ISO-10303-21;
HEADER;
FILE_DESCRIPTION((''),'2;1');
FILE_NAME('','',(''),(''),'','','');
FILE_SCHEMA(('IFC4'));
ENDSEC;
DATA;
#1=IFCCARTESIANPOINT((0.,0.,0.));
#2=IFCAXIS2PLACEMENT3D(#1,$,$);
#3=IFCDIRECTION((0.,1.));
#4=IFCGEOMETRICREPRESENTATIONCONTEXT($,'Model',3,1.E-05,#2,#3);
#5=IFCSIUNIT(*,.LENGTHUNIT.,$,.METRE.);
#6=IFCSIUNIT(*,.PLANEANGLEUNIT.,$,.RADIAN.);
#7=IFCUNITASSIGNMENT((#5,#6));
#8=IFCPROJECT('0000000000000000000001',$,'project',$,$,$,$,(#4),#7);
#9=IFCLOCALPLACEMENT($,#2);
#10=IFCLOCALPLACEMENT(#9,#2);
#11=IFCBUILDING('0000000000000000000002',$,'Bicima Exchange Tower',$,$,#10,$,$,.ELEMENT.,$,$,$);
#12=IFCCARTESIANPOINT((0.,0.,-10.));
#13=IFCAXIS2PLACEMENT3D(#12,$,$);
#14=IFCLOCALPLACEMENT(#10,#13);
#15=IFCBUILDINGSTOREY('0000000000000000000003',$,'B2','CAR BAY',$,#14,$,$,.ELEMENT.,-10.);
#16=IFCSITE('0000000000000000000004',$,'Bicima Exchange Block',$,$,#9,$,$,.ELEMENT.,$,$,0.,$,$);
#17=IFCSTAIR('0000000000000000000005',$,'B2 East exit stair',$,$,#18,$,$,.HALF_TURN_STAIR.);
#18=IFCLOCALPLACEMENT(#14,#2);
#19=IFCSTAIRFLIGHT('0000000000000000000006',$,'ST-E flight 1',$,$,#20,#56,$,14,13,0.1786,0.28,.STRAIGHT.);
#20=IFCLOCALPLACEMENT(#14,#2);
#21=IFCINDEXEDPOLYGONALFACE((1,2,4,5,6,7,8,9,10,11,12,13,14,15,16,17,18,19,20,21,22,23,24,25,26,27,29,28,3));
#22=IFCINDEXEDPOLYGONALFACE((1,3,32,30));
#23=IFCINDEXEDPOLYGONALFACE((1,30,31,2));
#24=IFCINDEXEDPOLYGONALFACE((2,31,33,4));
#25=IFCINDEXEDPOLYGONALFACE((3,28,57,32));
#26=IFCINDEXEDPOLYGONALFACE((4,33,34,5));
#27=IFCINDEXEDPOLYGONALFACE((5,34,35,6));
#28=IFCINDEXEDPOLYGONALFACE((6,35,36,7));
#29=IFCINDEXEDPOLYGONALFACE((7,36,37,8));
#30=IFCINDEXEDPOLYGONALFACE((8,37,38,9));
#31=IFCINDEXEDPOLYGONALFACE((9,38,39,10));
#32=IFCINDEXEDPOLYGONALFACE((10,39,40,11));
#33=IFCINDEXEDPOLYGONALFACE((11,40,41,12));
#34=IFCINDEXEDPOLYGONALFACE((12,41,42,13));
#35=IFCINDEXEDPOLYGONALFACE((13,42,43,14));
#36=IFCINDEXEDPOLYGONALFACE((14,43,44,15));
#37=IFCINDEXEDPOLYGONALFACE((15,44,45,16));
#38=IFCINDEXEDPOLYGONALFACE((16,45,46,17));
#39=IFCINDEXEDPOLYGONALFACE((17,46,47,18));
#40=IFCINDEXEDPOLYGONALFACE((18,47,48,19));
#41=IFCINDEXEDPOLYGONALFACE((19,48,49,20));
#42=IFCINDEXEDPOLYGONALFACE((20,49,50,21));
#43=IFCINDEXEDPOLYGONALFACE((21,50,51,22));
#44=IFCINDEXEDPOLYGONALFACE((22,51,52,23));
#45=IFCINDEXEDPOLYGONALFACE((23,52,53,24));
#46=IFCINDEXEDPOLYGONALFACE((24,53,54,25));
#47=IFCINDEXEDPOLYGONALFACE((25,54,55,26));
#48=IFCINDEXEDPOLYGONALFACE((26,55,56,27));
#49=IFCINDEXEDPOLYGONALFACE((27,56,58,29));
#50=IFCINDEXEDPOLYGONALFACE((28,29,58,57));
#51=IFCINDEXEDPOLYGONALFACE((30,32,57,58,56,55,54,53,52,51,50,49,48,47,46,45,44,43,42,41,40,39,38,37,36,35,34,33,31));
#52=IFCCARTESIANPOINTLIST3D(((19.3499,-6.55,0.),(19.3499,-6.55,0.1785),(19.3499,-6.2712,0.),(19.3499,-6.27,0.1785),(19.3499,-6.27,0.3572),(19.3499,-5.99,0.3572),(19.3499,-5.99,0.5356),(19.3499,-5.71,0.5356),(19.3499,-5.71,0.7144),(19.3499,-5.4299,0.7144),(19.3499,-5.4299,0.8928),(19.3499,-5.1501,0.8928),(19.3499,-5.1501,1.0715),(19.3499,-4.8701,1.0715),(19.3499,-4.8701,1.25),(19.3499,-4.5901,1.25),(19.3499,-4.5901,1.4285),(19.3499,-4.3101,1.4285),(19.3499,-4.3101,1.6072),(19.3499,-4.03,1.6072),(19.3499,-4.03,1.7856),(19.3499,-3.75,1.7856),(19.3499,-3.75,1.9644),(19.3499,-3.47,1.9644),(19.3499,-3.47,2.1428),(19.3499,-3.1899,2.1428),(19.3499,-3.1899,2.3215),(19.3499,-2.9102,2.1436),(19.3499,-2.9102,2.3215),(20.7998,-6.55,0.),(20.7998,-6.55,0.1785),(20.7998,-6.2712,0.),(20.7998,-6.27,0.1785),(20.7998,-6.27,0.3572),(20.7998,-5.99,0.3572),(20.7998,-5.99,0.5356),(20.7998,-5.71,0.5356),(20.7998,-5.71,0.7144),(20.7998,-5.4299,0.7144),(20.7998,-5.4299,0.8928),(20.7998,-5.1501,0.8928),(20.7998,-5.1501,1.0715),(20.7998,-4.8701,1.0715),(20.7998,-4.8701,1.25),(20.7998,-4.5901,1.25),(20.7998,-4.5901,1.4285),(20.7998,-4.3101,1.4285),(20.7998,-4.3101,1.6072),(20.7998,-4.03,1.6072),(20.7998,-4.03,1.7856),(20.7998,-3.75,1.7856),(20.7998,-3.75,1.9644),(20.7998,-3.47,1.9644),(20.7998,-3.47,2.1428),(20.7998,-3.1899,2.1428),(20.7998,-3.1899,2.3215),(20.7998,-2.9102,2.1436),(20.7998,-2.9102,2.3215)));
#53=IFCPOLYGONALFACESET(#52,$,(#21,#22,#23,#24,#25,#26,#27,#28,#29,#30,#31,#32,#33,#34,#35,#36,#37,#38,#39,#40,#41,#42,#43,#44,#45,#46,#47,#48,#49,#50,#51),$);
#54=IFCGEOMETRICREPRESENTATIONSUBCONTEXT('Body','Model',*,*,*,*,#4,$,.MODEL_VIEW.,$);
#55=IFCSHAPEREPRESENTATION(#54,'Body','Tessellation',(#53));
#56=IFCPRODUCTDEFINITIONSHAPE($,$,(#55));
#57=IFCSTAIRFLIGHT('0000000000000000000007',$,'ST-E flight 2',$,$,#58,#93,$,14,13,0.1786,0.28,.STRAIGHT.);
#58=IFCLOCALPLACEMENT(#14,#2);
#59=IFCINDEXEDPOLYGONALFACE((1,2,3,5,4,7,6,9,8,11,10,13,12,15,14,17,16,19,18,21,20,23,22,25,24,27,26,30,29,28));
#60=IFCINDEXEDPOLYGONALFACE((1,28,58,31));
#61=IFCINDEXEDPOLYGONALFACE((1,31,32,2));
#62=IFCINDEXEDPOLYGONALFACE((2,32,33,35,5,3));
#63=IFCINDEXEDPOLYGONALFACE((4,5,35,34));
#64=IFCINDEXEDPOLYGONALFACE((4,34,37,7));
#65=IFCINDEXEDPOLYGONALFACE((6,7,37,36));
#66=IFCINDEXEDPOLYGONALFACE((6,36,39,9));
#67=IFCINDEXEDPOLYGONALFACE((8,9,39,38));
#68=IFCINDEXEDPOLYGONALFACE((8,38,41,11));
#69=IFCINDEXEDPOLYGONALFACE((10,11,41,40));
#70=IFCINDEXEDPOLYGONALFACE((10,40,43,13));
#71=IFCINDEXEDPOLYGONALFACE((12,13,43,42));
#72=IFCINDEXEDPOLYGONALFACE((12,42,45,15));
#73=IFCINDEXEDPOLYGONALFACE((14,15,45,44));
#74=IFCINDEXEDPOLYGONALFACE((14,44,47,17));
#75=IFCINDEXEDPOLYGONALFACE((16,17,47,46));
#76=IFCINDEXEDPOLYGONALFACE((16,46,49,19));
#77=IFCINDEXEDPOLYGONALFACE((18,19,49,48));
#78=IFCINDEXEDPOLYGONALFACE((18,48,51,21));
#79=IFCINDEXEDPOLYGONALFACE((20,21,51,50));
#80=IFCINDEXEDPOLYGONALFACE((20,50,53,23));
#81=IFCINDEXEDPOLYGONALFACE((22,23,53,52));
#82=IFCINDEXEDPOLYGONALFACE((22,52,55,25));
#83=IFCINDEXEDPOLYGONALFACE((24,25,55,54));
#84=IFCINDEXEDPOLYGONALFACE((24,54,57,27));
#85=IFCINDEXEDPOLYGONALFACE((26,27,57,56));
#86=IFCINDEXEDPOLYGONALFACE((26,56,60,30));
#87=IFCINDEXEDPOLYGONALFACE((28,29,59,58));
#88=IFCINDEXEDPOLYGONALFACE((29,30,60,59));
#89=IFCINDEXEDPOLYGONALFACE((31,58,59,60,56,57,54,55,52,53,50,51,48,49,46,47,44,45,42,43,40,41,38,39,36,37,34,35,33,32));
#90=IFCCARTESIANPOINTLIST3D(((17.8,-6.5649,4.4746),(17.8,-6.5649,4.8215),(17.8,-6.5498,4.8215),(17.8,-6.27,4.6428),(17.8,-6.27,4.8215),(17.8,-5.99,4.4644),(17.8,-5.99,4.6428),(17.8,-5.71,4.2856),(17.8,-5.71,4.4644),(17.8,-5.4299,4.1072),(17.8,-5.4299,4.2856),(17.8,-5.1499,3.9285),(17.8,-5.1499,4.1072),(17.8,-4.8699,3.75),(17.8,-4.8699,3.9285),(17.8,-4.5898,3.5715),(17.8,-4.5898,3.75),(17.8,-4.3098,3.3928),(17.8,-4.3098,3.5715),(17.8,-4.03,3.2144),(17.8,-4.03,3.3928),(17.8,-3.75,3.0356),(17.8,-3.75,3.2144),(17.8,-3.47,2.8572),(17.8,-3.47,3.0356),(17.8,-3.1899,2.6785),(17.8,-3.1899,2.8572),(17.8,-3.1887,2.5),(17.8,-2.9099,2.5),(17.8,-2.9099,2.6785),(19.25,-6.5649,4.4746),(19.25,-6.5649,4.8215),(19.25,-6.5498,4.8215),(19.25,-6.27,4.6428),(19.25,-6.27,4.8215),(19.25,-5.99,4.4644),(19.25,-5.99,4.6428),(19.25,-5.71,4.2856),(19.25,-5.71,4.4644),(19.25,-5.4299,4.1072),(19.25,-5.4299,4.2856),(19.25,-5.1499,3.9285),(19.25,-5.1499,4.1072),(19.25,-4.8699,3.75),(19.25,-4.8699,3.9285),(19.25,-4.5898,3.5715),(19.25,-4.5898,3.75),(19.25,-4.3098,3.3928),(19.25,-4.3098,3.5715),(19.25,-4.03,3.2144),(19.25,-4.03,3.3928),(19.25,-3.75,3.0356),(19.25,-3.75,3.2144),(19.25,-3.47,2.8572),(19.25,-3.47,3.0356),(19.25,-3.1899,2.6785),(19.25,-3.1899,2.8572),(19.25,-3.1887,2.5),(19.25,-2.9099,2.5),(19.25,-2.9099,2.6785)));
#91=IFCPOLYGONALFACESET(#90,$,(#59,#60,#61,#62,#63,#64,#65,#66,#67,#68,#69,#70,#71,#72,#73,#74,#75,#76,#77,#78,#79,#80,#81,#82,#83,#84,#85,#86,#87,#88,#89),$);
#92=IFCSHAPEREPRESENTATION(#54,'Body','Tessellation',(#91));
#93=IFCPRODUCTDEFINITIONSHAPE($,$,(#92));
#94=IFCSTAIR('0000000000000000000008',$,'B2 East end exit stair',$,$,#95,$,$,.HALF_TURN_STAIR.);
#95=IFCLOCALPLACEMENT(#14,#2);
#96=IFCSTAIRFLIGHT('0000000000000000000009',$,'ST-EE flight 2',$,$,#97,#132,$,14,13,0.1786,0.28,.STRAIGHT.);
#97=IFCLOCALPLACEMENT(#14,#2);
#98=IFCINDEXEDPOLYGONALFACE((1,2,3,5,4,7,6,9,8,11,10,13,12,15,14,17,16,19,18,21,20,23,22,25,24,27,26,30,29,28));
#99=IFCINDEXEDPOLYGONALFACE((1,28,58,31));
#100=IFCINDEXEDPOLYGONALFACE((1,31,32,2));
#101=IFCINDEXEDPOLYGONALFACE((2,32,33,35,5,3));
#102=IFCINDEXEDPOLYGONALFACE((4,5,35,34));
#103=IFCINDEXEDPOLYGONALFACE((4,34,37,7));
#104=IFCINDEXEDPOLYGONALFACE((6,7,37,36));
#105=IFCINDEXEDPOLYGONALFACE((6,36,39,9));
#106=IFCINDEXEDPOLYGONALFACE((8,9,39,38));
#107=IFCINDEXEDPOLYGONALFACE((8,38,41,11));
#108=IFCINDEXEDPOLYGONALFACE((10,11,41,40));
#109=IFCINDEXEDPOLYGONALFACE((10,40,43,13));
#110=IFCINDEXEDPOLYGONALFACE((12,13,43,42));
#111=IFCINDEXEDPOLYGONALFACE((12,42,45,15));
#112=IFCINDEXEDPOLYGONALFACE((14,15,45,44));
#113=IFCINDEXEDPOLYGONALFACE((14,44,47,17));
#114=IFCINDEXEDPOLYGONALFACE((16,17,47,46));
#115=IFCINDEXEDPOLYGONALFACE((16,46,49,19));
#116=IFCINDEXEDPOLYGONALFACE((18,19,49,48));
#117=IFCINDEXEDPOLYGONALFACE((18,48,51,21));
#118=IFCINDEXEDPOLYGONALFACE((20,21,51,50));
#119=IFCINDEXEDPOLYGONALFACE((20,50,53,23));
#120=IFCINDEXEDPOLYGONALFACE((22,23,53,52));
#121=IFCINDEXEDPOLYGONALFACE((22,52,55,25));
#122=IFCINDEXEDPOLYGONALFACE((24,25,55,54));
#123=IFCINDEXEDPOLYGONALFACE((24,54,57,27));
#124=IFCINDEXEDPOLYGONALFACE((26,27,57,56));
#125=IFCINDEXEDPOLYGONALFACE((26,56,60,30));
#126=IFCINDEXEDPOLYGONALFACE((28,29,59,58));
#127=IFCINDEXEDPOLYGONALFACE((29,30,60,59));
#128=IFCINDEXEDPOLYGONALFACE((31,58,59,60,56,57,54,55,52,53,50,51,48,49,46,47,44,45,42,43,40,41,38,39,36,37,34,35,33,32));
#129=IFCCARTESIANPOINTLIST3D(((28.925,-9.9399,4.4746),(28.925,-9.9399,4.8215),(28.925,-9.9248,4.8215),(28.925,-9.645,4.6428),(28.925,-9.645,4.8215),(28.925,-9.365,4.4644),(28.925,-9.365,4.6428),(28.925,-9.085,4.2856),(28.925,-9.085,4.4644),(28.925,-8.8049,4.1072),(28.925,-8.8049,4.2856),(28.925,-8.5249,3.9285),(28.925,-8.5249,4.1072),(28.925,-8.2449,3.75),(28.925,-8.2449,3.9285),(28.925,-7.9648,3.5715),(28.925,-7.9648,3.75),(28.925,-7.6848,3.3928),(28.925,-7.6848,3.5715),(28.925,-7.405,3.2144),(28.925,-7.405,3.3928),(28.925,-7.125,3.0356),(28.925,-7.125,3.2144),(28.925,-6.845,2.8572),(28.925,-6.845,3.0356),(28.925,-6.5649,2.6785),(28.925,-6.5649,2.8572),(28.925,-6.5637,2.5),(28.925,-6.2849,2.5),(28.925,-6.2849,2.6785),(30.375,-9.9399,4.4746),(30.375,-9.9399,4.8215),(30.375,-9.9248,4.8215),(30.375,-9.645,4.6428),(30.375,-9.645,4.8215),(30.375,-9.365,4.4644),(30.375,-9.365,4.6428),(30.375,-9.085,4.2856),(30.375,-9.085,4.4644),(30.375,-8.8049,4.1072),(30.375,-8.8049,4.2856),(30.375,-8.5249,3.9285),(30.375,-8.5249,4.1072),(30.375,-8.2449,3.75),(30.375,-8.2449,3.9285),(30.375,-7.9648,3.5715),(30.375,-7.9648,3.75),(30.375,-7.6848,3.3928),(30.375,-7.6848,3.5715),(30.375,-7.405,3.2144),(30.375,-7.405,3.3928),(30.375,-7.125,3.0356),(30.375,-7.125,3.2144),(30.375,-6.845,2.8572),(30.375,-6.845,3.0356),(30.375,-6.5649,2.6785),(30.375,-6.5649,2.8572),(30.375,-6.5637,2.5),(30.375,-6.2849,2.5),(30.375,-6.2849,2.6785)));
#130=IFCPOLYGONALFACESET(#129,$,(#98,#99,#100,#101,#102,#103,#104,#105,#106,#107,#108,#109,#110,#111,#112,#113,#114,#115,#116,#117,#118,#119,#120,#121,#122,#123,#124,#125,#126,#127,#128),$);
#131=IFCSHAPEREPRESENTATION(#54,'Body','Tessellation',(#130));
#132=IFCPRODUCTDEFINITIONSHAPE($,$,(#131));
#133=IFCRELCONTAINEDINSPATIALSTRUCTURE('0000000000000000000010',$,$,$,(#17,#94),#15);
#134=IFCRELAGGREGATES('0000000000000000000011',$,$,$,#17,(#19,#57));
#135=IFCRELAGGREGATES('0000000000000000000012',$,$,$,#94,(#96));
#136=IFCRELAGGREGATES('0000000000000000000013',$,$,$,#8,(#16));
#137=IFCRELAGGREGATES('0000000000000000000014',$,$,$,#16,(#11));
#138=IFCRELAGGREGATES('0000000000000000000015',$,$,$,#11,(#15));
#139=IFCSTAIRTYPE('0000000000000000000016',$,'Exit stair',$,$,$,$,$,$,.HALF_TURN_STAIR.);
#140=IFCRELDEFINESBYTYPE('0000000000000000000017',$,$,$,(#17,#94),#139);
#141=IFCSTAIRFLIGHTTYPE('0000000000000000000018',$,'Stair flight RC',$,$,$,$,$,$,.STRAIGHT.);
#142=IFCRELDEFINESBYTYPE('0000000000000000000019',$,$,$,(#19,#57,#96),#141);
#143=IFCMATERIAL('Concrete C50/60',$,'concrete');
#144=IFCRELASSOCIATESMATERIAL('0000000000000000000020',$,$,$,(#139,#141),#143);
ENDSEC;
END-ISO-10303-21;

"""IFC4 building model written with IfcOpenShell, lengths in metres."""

from ifc_helpers import new_model, si_unit, direction, frame, origin, place, context, subcontext, project, spatial, polyline, outline, extrude, material, type_object, element, aggregate, save


model = new_model("IFC4")

# Units and contexts
model_context = context("Model", 3, precision=1e-05, world=origin(), true_north=direction((0.0, 1.0)))
body_context = subcontext(model_context, "Body", "Model", "MODEL_VIEW")
ifc_project = project(units=[si_unit("LENGTHUNIT", "METRE"), si_unit("PLANEANGLEUNIT", "RADIAN")], contexts=[model_context])

# Site, building, storey
site_placement = place(None, origin())
site = spatial("IfcSite", under=ifc_project, at=site_placement, Name="Bicima Exchange Block", CompositionType="ELEMENT", RefElevation=0.0)
building_placement = place(site_placement, origin())
building = spatial("IfcBuilding", under=site, at=building_placement, Name="Bicima Exchange Tower", CompositionType="ELEMENT")
storey_placement = place(building_placement, frame((0.0, 0.0, -10.0)))
storey = spatial("IfcBuildingStorey", under=building, at=storey_placement, Name="B2", Description="CAR BAY", CompositionType="ELEMENT", Elevation=-10.0)

# Shared definitions
ifc_material_1 = material(Name="Concrete C50/60", Category="concrete")

# Stair, stair flights
stair_type = type_object("IfcStairType", Name="Exit stair", PredefinedType="HALF_TURN_STAIR", material=ifc_material_1)
stair_1_placement = place(storey_placement, origin())
stair_1 = element("IfcStair", 1, at=stair_1_placement, inside=storey, type_object=stair_type, Name="B2 East exit stair", PredefinedType="HALF_TURN_STAIR")
stair_flight_type = type_object("IfcStairFlightType", Name="Stair flight RC", PredefinedType="STRAIGHT", material=ifc_material_1)
stair_flight_1_placement = place(storey_placement, frame((20.075, -6.55, 0.0), z_axis=(0.0, 0.0, 1.0), x_axis=(0.0, 1.0, 0.0)))
stair_flight_1 = element("IfcStairFlight", 2, at=stair_flight_1_placement, type_object=stair_flight_type, Name="ST-E flight 1", NumberOfRisers=14, NumberOfTreads=13, PredefinedType="STRAIGHT", RiserHeight=0.1786, TreadLength=0.28, context=body_context, shape_type="SweptSolid", body=[
    extrude(outline(polyline([(0.0, 0.0), (0.0, 0.1785), (0.28, 0.1785), (0.28, 0.3572), (0.5601, 0.3572), (0.5601, 0.5356), (0.8401, 0.5356), (0.8401, 0.7144), (1.1201, 0.7144), (1.1201, 0.8928), (1.3999, 0.8928), (1.3999, 1.0715), (1.6799, 1.0715), (1.6799, 1.25), (1.96, 1.25), (1.96, 1.4285), (2.24, 1.4285), (2.24, 1.6072), (2.52, 1.6072), (2.52, 1.7856), (2.8, 1.7856), (2.8, 1.9644), (3.0801, 1.9644), (3.0801, 2.1428), (3.3601, 2.1428), (3.3601, 2.3215), (3.6399, 2.3215), (3.6399, 2.5), (3.6399, 2.1436), (0.2788, 0.0), (0.0, 0.0)])), frame((0.0, 0.7251, 0.0), z_axis=(0.0, -1.0, 0.0), x_axis=(1.0, 0.0, 0.0)), (0.0, 0.0, 1.0), 1.45),
])
stair_flight_2_placement = place(storey_placement, frame((18.5249, -2.9099, 2.5), z_axis=(0.0, 0.0, 1.0), x_axis=(0.0, -1.0, 0.0)))
stair_flight_2 = element("IfcStairFlight", 3, at=stair_flight_2_placement, type_object=stair_flight_type, Name="ST-E flight 2", NumberOfRisers=14, NumberOfTreads=13, PredefinedType="STRAIGHT", RiserHeight=0.1786, TreadLength=0.28, context=body_context, shape_type="SweptSolid", body=[
    extrude(outline(polyline([(0.0, 0.0), (0.0, 0.1785), (0.28, 0.1785), (0.28, 0.3572), (0.5601, 0.3572), (0.5601, 0.5356), (0.8401, 0.5356), (0.8401, 0.7144), (1.1201, 0.7144), (1.1201, 0.8928), (1.3999, 0.8928), (1.3999, 1.0715), (1.6799, 1.0715), (1.6799, 1.25), (1.96, 1.25), (1.96, 1.4285), (2.24, 1.4285), (2.24, 1.6072), (2.52, 1.6072), (2.52, 1.7856), (2.8, 1.7856), (2.8, 1.9644), (3.0801, 1.9644), (3.0801, 2.1428), (3.3601, 2.1428), (3.3601, 2.3215), (3.6399, 2.3215), (3.655, 2.3215), (3.655, 1.9746), (0.2788, 0.0), (0.0, 0.0)])), frame((0.0, 0.7251, 0.0), z_axis=(0.0, -1.0, 0.0), x_axis=(1.0, 0.0, 0.0)), (0.0, 0.0, 1.0), 1.45),
])
aggregate(stair_1, [stair_flight_1, stair_flight_2])

# Stair, stair flight
stair_2_placement = place(storey_placement, origin())
stair_2 = element("IfcStair", 4, at=stair_2_placement, inside=storey, type_object=stair_type, Name="B2 East end exit stair", PredefinedType="HALF_TURN_STAIR")
stair_flight_3_placement = place(storey_placement, frame((29.6499, -6.2849, 2.5), z_axis=(0.0, 0.0, 1.0), x_axis=(0.0, -1.0, 0.0)))
stair_flight_3 = element("IfcStairFlight", 5, at=stair_flight_3_placement, type_object=stair_flight_type, Name="ST-EE flight 2", NumberOfRisers=14, NumberOfTreads=13, PredefinedType="STRAIGHT", RiserHeight=0.1786, TreadLength=0.28, context=body_context, shape_type="SweptSolid", body=[
    extrude(outline(polyline([(0.0, 0.0), (0.0, 0.1785), (0.28, 0.1785), (0.28, 0.3572), (0.5601, 0.3572), (0.5601, 0.5356), (0.8401, 0.5356), (0.8401, 0.7144), (1.1201, 0.7144), (1.1201, 0.8928), (1.3999, 0.8928), (1.3999, 1.0715), (1.6799, 1.0715), (1.6799, 1.25), (1.96, 1.25), (1.96, 1.4285), (2.24, 1.4285), (2.24, 1.6072), (2.52, 1.6072), (2.52, 1.7856), (2.8, 1.7856), (2.8, 1.9644), (3.0801, 1.9644), (3.0801, 2.1428), (3.3601, 2.1428), (3.3601, 2.3215), (3.6399, 2.3215), (3.655, 2.3215), (3.655, 1.9746), (0.2788, 0.0), (0.0, 0.0)])), frame((0.0, 0.7251, 0.0), z_axis=(0.0, -1.0, 0.0), x_axis=(1.0, 0.0, 0.0)), (0.0, 0.0, 1.0), 1.45),
])
aggregate(stair_2, [stair_flight_3])

save(model, "model.ifc")
